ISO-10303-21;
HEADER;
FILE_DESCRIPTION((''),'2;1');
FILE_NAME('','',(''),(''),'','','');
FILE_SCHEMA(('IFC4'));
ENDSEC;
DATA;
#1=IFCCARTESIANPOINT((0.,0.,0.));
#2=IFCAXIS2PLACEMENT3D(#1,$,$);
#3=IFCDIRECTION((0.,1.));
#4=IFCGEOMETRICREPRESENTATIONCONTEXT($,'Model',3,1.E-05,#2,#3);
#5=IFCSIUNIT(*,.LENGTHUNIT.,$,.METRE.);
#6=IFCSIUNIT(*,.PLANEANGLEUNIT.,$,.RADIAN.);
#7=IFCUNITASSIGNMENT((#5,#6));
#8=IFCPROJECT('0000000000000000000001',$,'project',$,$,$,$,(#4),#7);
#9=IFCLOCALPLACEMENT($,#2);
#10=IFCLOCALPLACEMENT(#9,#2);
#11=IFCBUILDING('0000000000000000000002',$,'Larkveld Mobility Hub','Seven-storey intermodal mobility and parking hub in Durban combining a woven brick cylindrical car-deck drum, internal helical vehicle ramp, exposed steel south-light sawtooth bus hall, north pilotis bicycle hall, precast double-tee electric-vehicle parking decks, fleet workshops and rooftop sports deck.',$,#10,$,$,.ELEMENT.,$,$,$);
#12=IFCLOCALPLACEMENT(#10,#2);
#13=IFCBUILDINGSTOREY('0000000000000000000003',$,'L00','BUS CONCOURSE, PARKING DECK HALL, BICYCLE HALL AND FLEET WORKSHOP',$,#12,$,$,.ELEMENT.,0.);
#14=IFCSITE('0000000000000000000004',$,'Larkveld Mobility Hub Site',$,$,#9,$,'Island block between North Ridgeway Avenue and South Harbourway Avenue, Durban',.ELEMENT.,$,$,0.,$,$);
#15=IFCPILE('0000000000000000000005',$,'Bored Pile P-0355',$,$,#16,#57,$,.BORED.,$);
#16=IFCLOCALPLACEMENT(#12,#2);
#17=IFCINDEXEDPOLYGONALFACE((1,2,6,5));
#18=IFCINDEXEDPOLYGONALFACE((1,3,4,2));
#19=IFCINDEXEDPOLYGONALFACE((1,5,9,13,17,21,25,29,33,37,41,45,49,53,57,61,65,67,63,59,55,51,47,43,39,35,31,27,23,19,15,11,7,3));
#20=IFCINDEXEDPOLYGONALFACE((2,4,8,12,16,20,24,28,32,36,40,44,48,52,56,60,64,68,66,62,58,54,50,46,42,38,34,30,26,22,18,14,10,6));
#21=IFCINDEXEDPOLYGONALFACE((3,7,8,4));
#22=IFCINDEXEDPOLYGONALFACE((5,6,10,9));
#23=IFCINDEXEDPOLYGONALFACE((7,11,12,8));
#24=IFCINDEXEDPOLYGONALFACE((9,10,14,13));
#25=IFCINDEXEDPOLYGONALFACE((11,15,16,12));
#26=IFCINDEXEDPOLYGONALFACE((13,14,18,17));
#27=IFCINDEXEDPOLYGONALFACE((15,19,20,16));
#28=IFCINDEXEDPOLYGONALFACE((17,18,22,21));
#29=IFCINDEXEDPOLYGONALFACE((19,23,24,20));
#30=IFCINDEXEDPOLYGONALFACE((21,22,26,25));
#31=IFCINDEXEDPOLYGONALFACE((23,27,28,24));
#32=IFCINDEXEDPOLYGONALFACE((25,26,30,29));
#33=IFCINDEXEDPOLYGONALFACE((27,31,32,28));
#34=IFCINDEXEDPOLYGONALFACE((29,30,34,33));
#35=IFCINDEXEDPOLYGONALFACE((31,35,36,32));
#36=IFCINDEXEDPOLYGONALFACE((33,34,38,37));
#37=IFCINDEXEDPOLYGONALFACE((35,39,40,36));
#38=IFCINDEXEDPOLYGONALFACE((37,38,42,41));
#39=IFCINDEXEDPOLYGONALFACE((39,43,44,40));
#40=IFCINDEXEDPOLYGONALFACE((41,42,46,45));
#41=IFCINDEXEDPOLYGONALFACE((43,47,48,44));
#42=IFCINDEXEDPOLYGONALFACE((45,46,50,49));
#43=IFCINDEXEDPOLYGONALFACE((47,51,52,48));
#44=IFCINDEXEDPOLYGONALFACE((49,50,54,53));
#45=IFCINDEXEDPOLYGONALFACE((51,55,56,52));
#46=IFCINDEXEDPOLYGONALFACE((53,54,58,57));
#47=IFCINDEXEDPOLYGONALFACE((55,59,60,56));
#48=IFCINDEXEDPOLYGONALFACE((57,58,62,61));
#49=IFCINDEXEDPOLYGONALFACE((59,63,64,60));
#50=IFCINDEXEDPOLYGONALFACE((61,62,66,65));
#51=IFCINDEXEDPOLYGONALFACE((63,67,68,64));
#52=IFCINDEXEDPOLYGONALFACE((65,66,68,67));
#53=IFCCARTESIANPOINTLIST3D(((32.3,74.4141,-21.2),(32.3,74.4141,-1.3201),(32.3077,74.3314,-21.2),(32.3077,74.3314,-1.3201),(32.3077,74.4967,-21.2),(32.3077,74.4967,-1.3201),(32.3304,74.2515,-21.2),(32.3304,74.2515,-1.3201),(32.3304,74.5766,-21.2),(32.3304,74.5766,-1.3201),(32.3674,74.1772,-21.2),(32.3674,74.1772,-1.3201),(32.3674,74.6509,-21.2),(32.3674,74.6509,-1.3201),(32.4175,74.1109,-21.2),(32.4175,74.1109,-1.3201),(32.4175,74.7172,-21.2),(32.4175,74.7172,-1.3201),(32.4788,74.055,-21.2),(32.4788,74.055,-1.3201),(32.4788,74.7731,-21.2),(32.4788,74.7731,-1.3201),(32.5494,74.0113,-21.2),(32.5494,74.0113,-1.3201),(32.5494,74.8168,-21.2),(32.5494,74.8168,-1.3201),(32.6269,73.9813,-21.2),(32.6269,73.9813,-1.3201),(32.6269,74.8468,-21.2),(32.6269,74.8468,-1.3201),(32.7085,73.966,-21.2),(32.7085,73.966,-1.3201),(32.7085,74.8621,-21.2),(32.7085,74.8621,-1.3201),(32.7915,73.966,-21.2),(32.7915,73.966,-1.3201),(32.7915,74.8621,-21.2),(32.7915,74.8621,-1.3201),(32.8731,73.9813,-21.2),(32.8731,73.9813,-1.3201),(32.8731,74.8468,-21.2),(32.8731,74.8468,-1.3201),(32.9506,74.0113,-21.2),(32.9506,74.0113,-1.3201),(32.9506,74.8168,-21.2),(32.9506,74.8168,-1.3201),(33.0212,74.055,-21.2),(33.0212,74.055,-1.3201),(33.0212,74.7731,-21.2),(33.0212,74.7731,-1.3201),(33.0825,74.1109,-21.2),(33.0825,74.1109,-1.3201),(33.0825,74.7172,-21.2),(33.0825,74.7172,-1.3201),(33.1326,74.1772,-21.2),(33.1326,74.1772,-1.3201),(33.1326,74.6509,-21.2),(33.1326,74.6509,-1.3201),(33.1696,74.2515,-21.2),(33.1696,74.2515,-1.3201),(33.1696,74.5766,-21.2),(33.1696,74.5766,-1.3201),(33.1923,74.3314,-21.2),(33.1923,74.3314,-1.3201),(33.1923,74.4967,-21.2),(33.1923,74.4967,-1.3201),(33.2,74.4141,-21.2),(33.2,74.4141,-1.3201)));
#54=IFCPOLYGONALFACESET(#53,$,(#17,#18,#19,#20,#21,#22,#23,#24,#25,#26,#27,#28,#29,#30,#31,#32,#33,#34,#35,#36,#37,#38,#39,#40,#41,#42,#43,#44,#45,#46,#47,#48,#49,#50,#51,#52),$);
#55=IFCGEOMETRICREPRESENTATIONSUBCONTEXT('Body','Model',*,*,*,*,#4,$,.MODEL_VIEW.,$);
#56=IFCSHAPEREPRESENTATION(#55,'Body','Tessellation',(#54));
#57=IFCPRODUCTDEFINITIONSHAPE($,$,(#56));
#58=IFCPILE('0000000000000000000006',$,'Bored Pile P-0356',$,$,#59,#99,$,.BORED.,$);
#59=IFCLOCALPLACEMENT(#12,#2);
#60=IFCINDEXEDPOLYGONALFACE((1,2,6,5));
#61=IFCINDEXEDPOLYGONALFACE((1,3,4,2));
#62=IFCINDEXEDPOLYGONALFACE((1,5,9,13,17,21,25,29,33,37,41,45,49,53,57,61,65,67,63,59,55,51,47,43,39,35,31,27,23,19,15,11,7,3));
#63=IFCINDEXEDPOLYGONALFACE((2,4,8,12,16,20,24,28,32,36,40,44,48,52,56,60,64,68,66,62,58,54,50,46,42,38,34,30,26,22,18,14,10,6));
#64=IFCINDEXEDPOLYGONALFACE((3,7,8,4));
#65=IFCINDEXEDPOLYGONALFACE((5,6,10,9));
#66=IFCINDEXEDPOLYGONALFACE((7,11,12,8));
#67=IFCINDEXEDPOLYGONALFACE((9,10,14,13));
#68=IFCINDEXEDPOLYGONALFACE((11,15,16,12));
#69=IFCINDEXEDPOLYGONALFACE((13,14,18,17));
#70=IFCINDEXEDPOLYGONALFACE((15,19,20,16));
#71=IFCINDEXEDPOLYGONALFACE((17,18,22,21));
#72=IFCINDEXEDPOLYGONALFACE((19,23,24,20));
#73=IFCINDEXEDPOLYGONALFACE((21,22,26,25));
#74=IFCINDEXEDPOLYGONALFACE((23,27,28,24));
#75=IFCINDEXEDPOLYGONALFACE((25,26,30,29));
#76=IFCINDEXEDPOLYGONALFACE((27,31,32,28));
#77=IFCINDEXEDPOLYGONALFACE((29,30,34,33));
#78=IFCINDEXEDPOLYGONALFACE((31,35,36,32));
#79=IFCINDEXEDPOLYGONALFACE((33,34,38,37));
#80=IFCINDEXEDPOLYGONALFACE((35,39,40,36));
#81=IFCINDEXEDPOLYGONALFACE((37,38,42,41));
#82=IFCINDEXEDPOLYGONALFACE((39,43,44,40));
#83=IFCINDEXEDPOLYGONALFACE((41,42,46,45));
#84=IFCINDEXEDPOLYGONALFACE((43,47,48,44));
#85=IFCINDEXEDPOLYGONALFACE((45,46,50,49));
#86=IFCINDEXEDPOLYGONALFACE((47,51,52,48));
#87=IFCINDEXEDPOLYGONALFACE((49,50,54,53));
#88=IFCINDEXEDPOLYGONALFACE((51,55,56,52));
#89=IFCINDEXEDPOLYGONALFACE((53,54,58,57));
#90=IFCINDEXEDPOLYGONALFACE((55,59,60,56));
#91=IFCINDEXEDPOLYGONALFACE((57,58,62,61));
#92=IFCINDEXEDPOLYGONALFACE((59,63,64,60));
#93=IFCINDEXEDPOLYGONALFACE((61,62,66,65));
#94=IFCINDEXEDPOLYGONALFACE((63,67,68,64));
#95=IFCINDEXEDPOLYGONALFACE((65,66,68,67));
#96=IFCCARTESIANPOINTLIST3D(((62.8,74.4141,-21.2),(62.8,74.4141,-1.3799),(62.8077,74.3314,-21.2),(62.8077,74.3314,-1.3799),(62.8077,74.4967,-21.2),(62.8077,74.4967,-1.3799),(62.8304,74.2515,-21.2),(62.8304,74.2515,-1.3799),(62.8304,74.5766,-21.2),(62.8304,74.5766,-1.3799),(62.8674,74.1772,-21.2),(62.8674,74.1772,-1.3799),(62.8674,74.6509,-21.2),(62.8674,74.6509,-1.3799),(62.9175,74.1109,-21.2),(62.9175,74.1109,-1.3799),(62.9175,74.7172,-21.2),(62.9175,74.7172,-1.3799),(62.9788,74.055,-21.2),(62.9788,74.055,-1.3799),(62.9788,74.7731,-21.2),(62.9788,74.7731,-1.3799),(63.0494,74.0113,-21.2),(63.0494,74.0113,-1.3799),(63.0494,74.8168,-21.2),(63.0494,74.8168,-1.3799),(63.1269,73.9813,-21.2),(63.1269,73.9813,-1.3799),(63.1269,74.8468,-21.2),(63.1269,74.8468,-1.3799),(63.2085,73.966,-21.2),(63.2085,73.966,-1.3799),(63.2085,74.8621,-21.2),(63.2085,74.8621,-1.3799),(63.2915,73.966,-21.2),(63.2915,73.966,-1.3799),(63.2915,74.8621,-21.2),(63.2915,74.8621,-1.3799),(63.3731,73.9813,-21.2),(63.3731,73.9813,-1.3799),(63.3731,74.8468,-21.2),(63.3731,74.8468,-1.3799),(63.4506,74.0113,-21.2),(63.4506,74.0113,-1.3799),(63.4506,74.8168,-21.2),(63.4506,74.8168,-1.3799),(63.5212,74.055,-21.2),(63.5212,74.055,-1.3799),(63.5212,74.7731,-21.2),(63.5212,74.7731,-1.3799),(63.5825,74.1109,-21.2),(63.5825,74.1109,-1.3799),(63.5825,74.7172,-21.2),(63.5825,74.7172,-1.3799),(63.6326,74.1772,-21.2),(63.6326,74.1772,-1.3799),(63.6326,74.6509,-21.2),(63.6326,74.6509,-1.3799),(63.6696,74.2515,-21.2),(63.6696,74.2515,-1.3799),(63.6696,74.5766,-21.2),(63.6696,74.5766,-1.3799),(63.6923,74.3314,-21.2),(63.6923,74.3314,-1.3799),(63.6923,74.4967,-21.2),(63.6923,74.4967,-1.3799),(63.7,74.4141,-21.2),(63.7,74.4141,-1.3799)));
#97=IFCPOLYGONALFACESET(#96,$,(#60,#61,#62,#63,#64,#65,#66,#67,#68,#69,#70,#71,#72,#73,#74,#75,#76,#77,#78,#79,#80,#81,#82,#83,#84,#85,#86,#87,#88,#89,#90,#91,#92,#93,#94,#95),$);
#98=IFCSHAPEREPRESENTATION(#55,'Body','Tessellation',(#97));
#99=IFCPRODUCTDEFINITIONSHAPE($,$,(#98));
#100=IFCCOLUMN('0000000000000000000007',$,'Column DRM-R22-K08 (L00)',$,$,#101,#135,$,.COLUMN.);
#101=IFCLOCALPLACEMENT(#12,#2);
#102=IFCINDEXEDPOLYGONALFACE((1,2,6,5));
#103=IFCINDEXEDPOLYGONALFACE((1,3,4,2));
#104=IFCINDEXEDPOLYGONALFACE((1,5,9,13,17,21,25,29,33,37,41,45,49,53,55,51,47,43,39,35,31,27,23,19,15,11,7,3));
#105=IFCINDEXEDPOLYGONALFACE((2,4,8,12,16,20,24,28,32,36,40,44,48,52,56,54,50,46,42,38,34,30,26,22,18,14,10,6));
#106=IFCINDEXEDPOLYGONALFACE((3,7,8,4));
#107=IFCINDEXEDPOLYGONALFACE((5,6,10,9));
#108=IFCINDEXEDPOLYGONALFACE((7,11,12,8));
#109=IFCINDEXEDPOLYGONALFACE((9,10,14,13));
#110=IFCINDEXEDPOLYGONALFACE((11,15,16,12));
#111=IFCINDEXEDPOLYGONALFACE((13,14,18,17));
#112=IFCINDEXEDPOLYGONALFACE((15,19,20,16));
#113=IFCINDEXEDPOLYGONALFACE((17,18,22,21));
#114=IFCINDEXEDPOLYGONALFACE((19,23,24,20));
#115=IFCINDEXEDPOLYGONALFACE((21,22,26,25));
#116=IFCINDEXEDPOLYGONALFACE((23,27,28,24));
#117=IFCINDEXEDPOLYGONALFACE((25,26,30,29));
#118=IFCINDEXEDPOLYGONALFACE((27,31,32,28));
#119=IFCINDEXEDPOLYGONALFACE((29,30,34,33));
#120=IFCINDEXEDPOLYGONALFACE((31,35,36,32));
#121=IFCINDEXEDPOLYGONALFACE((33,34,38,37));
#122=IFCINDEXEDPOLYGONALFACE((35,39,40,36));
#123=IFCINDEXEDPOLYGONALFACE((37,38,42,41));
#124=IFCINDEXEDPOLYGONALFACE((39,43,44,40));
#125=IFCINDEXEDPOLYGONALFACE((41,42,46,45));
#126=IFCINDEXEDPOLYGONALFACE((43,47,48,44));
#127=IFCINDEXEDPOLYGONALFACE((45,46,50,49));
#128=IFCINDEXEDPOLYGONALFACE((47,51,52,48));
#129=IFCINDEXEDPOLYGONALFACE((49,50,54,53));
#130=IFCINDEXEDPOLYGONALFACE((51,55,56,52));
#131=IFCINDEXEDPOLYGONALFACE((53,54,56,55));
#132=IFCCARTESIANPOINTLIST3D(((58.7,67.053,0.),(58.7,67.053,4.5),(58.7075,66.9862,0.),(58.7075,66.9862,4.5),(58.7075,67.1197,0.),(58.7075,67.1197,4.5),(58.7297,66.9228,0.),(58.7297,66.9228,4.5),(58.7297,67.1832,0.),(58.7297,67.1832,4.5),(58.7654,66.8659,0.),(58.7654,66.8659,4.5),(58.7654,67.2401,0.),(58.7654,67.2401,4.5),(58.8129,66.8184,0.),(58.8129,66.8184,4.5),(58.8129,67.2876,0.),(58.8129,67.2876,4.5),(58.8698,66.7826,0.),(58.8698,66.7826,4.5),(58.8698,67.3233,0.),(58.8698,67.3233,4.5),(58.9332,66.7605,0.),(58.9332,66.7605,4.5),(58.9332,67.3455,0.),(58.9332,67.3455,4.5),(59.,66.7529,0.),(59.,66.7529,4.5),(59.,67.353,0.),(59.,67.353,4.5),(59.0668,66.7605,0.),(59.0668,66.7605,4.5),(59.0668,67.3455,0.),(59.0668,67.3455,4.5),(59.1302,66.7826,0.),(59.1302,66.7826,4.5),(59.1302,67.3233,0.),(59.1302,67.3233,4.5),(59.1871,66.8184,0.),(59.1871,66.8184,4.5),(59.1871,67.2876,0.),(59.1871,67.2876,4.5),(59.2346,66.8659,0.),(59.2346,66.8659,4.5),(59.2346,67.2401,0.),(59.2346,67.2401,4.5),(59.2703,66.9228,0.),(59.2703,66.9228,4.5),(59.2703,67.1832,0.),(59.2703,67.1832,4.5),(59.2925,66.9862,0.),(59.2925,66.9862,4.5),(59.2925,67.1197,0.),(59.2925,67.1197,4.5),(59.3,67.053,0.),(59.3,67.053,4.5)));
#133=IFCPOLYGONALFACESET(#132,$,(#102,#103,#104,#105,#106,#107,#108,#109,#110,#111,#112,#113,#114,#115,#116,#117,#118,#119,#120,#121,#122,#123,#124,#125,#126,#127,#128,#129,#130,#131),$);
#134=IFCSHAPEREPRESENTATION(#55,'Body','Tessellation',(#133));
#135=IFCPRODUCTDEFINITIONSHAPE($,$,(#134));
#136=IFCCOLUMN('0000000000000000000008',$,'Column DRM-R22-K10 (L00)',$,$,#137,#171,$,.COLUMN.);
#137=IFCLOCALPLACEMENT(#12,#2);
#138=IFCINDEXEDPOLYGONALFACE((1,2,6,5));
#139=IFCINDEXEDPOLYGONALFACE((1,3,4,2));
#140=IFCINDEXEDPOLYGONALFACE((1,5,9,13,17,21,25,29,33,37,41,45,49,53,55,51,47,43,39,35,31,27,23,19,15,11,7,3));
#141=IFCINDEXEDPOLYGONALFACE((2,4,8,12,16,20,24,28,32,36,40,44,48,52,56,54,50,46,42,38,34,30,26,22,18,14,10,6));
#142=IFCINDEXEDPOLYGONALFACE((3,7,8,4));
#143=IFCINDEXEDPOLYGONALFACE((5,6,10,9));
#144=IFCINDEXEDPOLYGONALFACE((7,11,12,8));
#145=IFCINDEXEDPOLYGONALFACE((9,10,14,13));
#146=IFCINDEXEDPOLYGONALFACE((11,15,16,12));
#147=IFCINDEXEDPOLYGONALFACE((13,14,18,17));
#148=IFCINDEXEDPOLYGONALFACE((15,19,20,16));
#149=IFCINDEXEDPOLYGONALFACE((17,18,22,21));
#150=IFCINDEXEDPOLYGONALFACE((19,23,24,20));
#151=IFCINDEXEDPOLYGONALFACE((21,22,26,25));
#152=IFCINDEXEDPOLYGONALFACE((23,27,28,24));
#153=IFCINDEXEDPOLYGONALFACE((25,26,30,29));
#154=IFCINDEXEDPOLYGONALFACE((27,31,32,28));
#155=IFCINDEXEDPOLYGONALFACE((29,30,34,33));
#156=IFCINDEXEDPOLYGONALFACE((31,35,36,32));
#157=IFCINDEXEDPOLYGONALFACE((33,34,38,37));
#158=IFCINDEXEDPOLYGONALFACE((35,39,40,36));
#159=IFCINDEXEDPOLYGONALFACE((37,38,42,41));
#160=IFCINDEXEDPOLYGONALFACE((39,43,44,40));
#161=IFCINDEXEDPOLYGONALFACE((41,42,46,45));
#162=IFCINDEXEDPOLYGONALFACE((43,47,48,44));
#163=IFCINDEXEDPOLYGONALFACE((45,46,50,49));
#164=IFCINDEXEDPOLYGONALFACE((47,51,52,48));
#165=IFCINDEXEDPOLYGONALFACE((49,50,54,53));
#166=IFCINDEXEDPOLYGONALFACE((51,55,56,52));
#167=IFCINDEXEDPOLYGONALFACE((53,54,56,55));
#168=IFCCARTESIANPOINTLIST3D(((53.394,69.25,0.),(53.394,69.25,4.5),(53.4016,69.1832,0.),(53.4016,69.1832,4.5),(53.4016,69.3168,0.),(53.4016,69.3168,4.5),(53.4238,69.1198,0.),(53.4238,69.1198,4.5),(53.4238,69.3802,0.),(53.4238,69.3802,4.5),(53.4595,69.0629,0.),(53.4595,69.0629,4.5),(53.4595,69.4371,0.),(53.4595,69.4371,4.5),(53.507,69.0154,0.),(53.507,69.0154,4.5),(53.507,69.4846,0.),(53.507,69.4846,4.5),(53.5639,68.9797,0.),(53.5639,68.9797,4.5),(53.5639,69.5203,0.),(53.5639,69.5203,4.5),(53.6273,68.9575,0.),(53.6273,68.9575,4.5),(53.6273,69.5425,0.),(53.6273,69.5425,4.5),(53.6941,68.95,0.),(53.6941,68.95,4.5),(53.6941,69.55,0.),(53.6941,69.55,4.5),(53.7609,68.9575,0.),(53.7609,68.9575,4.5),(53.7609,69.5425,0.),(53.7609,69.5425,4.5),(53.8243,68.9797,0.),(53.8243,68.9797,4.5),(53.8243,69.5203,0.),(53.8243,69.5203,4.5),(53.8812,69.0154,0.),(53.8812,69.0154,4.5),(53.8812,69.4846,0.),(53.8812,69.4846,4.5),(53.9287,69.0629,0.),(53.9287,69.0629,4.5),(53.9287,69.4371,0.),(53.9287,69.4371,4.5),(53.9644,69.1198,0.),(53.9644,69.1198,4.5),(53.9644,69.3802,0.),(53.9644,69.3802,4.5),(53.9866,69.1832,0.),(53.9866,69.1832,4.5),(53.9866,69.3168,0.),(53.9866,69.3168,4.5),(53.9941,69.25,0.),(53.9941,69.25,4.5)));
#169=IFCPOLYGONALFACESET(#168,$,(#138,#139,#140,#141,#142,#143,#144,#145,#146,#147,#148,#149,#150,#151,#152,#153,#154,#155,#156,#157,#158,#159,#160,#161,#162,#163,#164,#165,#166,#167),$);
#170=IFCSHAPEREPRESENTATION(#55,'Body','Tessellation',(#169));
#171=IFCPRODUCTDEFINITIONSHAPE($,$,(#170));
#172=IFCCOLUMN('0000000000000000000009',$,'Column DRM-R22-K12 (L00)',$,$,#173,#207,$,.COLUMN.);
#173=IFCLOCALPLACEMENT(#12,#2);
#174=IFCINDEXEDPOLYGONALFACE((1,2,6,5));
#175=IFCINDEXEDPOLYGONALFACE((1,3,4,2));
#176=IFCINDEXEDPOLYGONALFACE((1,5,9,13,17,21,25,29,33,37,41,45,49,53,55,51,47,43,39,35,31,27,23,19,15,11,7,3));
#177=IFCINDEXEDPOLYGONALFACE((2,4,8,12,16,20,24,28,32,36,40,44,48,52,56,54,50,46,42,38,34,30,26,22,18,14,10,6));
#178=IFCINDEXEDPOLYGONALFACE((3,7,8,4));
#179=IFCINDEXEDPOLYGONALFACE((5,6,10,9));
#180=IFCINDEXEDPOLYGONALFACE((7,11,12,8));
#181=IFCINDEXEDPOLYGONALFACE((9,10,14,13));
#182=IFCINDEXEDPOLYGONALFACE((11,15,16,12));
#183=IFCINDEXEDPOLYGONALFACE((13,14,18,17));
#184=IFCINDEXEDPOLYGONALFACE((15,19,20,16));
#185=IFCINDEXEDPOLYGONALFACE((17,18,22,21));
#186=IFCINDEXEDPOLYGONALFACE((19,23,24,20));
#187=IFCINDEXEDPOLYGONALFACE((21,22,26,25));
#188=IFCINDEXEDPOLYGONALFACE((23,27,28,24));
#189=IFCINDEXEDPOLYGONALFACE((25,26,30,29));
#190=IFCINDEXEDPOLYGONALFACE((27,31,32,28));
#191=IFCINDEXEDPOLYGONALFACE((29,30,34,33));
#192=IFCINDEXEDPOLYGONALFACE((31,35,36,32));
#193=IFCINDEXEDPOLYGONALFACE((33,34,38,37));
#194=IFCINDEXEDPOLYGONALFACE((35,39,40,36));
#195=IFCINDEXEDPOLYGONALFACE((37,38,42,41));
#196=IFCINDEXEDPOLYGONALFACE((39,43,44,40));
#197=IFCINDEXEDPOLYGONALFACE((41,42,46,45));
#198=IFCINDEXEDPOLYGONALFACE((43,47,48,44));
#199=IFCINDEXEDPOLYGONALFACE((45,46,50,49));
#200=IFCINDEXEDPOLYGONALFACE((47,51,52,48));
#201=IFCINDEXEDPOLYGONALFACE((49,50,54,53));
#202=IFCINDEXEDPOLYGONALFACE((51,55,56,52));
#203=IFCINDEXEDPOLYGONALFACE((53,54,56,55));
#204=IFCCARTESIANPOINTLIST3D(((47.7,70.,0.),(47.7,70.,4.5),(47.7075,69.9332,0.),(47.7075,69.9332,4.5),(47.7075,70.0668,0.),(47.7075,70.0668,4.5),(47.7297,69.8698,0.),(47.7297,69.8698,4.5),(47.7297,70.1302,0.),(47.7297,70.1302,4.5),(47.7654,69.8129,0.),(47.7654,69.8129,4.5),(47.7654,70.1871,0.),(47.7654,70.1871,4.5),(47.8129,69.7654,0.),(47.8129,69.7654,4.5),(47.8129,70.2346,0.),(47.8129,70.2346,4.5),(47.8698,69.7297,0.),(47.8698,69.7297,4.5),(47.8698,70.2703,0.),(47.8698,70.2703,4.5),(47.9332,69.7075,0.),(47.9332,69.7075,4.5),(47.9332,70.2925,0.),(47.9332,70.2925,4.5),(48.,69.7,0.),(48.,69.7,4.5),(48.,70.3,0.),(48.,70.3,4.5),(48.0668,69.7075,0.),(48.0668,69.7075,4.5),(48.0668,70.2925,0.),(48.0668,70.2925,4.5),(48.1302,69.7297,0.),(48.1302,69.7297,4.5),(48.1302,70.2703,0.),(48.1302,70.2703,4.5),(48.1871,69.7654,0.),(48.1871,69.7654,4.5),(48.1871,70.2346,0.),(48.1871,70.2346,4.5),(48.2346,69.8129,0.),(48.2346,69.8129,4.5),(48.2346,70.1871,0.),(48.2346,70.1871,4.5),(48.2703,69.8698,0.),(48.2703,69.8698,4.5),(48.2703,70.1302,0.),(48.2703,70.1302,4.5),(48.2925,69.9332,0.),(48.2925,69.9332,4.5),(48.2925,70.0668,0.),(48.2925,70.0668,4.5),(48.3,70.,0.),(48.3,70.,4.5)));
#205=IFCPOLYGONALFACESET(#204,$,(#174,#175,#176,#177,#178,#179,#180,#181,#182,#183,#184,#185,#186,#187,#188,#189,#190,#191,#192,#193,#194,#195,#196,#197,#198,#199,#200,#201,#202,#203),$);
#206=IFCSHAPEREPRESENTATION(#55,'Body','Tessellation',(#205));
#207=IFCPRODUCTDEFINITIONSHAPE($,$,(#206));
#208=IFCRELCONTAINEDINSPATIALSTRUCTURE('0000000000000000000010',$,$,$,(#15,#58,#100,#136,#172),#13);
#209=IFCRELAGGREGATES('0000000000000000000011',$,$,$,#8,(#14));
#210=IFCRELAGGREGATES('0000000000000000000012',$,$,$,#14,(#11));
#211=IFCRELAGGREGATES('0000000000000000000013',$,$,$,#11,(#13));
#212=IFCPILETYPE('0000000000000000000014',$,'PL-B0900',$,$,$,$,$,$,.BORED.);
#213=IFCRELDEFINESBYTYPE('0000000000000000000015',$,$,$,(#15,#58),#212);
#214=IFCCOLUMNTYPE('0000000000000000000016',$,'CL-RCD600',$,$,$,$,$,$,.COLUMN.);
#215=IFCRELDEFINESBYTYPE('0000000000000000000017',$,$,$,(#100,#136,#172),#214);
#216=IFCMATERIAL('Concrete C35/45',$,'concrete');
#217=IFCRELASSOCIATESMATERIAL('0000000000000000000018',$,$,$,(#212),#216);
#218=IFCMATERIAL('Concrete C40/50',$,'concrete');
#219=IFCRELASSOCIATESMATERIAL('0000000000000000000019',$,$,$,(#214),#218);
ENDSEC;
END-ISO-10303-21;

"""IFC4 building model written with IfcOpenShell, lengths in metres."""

from ifc_helpers import new_model, si_unit, direction, frame, origin, origin_2d, place, context, subcontext, project, spatial, circle, extrude, material, material_profile, profile_set, type_object, element, save


model = new_model("IFC4")

# Units and contexts
model_context = context("Model", 3, precision=1e-05, world=origin(), true_north=direction((0.0, 1.0)))
body_context = subcontext(model_context, "Body", "Model", "MODEL_VIEW")
ifc_project = project(units=[si_unit("LENGTHUNIT", "METRE"), si_unit("PLANEANGLEUNIT", "RADIAN")], contexts=[model_context])

# Site, building, storey
site_placement = place(None, origin())
site = spatial("IfcSite", under=ifc_project, at=site_placement, Name="Larkveld Mobility Hub Site", LongName="Island block between North Ridgeway Avenue and South Harbourway Avenue, Durban", CompositionType="ELEMENT", RefElevation=0.0)
building_placement = place(site_placement, origin())
building = spatial("IfcBuilding", under=site, at=building_placement, Name="Larkveld Mobility Hub", Description="Seven-storey intermodal mobility and parking hub in Durban combining a woven brick cylindrical car-deck drum, internal helical vehicle ramp, exposed steel south-light sawtooth bus hall, north pilotis bicycle hall, precast double-tee electric-vehicle parking decks, fleet workshops and rooftop sports deck.", CompositionType="ELEMENT")
storey_placement = place(building_placement, origin())
storey = spatial("IfcBuildingStorey", under=building, at=storey_placement, Name="L00", Description="BUS CONCOURSE, PARKING DECK HALL, BICYCLE HALL AND FLEET WORKSHOP", CompositionType="ELEMENT", Elevation=0.0)

# Shared definitions
ifc_material_1 = material(Name="Concrete C35/45", Category="concrete")

# Piles
ifc_material_profile_1 = material_profile(ifc_material_1, circle(Radius=0.45, at=origin_2d()), Name="PILE D900")
ifc_profile_set_1 = profile_set([ifc_material_profile_1], Name="Concrete C35/45")
pile_type = type_object("IfcPileType", Name="PL-B0900", PredefinedType="BORED", material=ifc_profile_set_1)
pile_1_placement = place(storey_placement, frame((32.75, 74.4141, -1.3201), z_axis=(0.0, 0.0, -1.0), x_axis=(1.0, 0.0, 0.0)))
element("IfcPile", 1, at=pile_1_placement, inside=storey, type_object=pile_type, Name="Bored Pile P-0355", PredefinedType="BORED", context=body_context, shape_type="SweptSolid", body=[
    extrude(circle(Radius=0.45, at=origin_2d()), origin(), (0.0, 0.0, 1.0), 19.8799),
])
pile_2_placement = place(storey_placement, frame((63.25, 74.4141, -1.3799), z_axis=(0.0, 0.0, -1.0), x_axis=(1.0, 0.0, 0.0)))
element("IfcPile", 2, at=pile_2_placement, inside=storey, type_object=pile_type, Name="Bored Pile P-0356", PredefinedType="BORED", context=body_context, shape_type="SweptSolid", body=[
    extrude(circle(Radius=0.45, at=origin_2d()), origin(), (0.0, 0.0, 1.0), 19.8201),
])

# Columns
ifc_material_2 = material(Name="Concrete C40/50", Category="concrete")
ifc_material_profile_2 = material_profile(ifc_material_2, circle(Radius=0.3, at=origin_2d()), Name="RC COL D600")
ifc_profile_set_2 = profile_set([ifc_material_profile_2], Name="Concrete C40/50")
column_type_1 = type_object("IfcColumnType", Name="CL-RCD600", PredefinedType="COLUMN", material=ifc_profile_set_2)
for number, where, z_axis, x_axis, name in (
    (3, (59.0, 67.053, 0.0), (0.0, 0.0, 1.0), (1.0, 0.0, 0.0), "Column DRM-R22-K08 (L00)"),
    (4, (53.6941, 69.25, 0.0), (0.0, 0.0, 1.0), (1.0, 0.0, 0.0), "Column DRM-R22-K10 (L00)"),
    (5, (48.0, 70.0, 0.0), (0.0, 0.0, 1.0), (1.0, 0.0, 0.0), "Column DRM-R22-K12 (L00)"),
):
    element("IfcColumn", number, at=place(storey_placement, frame(where, z_axis=z_axis, x_axis=x_axis)), inside=storey, type_object=column_type_1, Name=name, PredefinedType="COLUMN", context=body_context, shape_type="SweptSolid", body=[
        extrude(circle(Radius=0.3, at=origin_2d()), origin(), (0.0, 0.0, 1.0), 4.5),
    ])

save(model, "model.ifc")
